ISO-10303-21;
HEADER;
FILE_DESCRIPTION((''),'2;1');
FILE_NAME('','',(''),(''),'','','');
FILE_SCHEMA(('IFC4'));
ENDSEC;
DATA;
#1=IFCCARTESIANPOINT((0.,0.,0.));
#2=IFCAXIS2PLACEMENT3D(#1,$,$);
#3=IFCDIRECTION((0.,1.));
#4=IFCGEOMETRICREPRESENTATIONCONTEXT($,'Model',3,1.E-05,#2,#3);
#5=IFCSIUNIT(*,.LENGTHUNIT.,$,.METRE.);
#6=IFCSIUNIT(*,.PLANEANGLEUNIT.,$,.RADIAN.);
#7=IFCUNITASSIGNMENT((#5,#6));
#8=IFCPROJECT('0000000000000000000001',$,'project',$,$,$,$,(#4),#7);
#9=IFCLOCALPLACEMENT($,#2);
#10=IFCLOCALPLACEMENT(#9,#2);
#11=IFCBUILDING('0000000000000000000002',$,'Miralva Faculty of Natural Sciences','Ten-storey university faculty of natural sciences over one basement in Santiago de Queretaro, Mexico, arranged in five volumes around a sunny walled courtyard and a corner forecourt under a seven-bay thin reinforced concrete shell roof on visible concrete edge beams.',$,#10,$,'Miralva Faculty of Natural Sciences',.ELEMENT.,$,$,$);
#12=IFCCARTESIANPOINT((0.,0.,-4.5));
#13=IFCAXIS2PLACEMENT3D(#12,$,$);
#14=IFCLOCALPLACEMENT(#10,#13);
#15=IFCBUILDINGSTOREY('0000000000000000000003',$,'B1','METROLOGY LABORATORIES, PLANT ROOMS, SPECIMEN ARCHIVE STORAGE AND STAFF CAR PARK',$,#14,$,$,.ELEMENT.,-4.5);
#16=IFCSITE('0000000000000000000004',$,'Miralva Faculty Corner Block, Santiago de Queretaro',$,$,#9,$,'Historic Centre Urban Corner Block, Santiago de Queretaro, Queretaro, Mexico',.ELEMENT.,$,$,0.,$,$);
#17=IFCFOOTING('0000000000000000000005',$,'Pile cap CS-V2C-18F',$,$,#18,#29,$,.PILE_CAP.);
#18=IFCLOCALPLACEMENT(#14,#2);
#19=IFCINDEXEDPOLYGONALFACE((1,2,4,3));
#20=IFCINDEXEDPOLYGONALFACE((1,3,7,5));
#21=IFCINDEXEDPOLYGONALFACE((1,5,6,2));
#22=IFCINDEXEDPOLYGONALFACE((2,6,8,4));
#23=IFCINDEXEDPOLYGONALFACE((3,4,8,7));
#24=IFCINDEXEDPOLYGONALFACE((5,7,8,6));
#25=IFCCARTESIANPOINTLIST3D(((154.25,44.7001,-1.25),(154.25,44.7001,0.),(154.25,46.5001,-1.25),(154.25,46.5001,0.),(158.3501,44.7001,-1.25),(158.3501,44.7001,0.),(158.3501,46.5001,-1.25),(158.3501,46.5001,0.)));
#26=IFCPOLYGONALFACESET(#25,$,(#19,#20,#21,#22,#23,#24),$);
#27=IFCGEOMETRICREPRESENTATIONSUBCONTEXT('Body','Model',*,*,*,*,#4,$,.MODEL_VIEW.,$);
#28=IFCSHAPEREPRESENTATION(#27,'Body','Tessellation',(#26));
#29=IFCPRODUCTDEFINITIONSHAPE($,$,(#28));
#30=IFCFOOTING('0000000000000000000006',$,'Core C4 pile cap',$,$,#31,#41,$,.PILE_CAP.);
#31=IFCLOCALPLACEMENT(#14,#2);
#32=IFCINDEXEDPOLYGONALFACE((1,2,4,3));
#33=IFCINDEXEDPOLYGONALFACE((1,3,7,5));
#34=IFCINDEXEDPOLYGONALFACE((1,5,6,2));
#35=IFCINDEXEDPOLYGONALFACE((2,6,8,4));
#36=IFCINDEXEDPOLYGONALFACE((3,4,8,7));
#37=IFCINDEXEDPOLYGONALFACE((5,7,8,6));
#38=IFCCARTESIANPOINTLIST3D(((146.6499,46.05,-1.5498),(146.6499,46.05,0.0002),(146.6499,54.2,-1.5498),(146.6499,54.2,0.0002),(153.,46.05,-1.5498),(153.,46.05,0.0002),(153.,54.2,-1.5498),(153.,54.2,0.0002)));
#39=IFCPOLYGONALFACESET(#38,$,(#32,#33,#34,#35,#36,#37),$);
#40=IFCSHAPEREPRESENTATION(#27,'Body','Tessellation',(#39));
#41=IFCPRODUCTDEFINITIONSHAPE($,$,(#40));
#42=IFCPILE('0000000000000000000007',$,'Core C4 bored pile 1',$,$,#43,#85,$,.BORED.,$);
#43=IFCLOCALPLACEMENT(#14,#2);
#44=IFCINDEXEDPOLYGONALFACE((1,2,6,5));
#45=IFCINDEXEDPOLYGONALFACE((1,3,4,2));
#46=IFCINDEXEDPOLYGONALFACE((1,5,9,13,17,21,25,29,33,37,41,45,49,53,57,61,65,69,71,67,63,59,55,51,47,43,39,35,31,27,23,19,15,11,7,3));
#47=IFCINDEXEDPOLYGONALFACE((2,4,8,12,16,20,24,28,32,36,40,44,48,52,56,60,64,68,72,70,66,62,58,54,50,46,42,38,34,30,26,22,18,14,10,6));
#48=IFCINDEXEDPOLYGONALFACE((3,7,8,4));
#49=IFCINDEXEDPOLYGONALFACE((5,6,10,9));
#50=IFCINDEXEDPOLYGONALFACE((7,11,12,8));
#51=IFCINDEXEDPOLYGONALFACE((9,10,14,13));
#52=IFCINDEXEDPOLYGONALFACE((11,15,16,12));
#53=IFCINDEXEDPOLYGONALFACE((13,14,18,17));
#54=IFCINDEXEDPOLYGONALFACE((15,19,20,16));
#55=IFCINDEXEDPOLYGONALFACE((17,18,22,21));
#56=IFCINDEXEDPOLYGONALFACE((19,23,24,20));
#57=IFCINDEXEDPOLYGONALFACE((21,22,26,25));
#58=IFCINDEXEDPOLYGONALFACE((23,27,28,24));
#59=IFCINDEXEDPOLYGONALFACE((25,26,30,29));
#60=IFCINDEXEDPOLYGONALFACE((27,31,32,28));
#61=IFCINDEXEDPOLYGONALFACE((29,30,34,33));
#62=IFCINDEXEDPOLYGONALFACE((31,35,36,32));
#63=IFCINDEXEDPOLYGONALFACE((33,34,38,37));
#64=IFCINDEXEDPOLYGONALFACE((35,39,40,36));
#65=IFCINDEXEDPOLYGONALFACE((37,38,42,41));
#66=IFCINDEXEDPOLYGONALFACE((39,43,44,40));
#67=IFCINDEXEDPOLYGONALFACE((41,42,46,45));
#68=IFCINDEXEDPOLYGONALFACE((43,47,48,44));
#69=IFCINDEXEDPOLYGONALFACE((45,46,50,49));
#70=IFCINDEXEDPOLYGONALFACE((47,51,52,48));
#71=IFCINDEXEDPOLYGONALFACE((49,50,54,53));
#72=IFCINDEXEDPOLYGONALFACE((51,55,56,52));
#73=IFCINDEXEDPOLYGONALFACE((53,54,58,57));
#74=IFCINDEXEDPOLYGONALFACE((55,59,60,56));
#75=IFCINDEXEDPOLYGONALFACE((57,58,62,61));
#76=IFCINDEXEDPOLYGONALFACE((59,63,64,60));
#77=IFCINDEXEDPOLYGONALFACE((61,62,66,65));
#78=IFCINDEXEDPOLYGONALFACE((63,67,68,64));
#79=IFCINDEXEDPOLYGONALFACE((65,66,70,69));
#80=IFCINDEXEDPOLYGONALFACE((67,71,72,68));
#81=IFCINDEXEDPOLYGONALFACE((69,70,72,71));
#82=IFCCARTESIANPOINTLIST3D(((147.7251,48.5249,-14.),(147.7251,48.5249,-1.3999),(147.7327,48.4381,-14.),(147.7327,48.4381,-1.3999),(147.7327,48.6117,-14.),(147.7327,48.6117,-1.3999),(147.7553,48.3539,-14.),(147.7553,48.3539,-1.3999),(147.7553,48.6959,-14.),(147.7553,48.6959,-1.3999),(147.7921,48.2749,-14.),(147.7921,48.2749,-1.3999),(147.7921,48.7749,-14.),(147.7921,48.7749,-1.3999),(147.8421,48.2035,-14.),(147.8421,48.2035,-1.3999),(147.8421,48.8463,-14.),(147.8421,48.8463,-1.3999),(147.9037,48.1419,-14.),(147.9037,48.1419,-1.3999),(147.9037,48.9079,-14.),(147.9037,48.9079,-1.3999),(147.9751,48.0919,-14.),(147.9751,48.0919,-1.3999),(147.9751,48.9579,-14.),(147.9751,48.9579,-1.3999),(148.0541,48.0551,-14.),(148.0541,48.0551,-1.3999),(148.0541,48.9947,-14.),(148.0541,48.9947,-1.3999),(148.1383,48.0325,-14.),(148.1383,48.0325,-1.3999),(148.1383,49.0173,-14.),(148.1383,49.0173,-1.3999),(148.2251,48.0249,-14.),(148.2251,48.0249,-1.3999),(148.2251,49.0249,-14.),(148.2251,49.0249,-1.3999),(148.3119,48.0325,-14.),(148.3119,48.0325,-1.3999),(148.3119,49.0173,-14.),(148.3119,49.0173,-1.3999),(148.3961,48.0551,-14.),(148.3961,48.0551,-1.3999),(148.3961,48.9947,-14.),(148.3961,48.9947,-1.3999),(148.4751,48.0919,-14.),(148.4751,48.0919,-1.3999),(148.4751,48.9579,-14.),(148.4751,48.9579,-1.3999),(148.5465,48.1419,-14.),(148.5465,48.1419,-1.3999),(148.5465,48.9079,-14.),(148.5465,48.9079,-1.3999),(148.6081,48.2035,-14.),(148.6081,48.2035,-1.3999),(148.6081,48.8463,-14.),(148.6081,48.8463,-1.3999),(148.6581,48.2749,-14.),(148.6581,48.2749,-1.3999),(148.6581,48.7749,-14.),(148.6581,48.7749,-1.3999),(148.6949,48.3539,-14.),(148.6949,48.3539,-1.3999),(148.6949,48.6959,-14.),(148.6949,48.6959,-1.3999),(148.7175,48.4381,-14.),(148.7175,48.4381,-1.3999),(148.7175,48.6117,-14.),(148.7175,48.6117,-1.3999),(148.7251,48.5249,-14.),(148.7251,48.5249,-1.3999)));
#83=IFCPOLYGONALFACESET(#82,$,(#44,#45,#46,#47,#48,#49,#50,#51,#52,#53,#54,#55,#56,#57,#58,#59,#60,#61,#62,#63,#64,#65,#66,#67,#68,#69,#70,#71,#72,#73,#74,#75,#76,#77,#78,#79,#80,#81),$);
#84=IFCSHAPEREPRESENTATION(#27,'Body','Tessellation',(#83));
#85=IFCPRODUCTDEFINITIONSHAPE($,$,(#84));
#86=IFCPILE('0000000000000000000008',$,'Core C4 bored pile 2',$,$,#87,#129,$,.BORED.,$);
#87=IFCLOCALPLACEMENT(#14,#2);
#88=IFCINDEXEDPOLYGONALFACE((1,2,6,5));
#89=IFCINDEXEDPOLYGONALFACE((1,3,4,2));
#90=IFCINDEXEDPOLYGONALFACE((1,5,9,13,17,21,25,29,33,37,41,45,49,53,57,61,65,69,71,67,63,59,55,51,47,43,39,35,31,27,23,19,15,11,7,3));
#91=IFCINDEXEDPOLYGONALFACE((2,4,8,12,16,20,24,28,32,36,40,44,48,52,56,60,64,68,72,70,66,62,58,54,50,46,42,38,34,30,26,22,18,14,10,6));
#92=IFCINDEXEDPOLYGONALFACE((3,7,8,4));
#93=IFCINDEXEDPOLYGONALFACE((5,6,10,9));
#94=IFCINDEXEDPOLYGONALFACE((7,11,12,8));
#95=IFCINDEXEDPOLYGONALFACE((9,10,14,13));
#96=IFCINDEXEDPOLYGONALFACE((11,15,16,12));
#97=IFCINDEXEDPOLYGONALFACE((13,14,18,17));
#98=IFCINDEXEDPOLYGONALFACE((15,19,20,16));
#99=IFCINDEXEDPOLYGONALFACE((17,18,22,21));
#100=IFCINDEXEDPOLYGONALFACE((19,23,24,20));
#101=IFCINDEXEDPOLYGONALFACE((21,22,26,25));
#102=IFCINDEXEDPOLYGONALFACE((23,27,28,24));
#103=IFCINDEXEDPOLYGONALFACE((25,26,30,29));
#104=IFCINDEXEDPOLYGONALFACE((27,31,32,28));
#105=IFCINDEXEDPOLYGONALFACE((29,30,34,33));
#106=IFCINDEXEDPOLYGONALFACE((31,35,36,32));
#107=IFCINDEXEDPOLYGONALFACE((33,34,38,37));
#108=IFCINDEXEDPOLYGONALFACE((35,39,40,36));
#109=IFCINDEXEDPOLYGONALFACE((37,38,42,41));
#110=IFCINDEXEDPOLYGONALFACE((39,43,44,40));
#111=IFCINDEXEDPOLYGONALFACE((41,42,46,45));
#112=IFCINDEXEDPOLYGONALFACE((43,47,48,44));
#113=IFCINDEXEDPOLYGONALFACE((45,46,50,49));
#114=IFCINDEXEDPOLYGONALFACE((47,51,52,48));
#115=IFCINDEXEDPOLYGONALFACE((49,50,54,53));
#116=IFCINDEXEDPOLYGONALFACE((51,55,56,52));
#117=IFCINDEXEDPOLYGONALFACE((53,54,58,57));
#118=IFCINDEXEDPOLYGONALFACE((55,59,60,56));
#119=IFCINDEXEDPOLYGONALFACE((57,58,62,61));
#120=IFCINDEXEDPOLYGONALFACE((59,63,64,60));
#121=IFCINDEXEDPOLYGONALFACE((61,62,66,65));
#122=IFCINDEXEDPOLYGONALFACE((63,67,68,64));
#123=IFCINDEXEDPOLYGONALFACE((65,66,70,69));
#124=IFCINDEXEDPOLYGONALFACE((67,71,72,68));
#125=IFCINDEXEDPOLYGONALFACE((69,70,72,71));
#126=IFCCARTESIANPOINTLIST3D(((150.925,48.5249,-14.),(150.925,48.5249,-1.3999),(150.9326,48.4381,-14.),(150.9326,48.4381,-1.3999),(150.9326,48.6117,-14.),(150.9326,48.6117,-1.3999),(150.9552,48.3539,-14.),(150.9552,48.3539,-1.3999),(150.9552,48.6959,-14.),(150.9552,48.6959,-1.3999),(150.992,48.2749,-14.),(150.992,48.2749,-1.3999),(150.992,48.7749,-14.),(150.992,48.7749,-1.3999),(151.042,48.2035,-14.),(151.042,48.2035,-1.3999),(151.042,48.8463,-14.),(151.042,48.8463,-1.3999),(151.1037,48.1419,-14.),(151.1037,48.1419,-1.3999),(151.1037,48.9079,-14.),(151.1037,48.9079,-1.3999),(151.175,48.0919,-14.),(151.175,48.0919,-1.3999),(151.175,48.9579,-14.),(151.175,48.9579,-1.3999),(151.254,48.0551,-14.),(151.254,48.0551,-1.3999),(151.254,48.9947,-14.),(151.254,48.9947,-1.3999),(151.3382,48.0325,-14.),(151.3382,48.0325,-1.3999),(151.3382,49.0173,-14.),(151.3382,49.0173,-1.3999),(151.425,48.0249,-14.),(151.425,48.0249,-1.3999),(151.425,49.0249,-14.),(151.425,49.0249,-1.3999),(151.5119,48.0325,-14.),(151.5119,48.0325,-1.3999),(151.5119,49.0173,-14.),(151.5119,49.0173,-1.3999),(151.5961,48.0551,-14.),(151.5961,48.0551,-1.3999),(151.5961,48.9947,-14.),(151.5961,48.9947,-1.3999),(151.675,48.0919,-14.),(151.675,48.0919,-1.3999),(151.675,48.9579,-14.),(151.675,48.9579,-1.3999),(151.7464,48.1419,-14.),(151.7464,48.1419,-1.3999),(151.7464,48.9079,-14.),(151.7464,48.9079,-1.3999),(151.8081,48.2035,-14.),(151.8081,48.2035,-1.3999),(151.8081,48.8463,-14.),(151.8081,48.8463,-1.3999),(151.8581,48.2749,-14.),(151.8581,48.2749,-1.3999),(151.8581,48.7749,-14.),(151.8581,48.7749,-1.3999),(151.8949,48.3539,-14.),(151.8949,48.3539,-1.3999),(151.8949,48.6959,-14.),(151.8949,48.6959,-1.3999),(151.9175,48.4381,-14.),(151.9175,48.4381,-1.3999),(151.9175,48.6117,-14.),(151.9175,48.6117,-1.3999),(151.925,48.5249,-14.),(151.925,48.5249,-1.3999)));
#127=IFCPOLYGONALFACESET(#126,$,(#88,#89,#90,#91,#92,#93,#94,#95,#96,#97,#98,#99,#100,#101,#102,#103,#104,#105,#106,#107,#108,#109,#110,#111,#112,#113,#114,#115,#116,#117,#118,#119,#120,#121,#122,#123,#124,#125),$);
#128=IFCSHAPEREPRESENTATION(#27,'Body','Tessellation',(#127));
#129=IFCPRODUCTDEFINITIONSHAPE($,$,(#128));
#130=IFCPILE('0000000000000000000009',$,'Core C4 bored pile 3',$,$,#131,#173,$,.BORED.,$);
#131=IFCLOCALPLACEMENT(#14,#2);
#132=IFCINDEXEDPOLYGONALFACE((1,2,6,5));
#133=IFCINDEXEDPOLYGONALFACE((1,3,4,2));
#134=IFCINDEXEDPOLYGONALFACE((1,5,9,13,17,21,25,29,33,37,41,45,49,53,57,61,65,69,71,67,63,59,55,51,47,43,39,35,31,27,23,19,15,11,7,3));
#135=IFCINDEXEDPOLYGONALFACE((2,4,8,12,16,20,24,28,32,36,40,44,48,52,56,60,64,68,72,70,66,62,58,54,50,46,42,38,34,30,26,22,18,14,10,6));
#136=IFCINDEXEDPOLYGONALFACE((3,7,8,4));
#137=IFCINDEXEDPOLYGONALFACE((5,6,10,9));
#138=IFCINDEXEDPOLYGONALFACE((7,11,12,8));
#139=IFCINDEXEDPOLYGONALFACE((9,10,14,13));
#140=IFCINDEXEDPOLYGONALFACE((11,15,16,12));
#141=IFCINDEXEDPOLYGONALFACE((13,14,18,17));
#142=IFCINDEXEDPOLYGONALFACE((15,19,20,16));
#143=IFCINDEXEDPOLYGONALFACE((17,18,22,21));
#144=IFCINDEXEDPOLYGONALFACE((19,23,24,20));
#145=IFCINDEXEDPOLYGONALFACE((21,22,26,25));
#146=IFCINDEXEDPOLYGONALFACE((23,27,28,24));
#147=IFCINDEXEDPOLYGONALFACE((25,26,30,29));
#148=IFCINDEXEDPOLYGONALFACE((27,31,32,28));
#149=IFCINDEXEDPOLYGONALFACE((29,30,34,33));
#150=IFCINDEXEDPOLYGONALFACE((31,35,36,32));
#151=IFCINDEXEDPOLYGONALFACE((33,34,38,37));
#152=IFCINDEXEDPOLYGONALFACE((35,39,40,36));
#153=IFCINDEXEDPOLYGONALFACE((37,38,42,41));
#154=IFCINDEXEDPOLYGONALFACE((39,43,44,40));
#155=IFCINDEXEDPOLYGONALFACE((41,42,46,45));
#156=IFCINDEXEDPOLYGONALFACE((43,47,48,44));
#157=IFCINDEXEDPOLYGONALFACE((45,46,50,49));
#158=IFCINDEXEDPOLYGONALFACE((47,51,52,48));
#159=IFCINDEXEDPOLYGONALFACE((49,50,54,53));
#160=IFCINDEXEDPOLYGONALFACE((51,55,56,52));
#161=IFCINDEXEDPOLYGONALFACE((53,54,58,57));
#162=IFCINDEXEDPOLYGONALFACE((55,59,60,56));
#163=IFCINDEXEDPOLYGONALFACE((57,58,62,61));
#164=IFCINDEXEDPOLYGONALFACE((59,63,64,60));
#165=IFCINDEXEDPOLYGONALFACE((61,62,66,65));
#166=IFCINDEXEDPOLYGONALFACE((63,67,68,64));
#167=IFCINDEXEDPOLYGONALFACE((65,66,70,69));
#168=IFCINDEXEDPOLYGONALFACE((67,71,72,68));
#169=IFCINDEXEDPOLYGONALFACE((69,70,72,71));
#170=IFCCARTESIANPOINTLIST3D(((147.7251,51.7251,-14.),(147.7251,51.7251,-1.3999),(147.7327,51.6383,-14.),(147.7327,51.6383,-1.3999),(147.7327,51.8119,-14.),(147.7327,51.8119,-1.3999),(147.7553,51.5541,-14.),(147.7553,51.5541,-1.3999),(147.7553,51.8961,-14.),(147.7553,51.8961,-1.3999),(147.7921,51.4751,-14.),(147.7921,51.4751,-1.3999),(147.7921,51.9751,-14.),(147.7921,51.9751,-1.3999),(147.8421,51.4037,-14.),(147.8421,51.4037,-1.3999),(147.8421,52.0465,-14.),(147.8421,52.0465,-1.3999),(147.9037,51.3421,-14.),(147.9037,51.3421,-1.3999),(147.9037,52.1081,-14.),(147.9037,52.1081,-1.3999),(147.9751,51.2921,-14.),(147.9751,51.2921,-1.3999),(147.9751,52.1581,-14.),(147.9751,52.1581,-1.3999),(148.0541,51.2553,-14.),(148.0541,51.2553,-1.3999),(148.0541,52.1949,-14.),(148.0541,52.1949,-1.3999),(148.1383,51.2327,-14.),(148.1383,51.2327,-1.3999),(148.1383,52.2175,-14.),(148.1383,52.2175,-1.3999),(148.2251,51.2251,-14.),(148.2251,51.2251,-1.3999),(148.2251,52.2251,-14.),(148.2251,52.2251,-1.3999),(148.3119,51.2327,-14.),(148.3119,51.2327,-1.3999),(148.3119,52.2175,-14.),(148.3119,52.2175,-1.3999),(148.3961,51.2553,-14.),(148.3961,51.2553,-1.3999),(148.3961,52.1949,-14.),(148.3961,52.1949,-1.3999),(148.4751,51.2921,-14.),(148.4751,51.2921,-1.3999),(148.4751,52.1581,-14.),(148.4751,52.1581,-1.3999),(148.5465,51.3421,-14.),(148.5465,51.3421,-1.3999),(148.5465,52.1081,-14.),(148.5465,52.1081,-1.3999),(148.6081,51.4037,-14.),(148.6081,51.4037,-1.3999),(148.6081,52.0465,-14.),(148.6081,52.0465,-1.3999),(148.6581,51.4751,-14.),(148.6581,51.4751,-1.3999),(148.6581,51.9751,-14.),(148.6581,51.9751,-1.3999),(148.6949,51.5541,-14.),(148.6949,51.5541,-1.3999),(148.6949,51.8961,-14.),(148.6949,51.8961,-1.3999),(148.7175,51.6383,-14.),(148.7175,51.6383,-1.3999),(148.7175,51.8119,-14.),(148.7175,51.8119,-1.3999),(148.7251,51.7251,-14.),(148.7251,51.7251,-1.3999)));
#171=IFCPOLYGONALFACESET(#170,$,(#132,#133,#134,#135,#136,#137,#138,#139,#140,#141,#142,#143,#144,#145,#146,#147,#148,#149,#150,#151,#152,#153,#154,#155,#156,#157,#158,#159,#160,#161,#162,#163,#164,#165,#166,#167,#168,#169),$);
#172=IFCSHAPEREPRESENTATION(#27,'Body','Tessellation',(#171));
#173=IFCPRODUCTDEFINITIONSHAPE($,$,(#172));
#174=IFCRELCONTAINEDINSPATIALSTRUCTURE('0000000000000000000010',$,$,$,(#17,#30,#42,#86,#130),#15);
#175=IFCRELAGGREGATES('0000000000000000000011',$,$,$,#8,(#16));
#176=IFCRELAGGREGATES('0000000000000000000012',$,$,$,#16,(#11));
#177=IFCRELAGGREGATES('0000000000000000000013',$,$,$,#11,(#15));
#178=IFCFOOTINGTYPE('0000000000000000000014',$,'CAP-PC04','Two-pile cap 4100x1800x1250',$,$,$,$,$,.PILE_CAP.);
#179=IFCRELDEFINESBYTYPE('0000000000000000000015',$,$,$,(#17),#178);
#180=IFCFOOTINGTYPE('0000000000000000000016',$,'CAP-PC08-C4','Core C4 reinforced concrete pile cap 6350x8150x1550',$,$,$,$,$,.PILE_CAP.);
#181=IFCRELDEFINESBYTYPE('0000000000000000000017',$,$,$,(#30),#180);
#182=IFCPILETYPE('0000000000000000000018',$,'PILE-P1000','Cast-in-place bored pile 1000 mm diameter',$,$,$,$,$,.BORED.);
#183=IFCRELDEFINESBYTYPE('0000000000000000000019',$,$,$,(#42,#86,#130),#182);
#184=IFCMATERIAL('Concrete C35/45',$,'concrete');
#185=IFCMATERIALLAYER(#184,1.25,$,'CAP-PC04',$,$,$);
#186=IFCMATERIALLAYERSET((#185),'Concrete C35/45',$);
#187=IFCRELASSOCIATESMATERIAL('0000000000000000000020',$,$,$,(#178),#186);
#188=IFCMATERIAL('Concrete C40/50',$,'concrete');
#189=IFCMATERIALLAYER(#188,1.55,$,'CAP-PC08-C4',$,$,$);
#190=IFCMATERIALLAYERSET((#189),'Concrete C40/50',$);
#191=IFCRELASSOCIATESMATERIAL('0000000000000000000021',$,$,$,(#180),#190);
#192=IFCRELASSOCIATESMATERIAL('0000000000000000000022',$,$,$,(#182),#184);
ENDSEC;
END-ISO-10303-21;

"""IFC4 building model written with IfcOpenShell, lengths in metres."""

from ifc_helpers import new_model, si_unit, direction, frame, origin, origin_2d, place, context, subcontext, project, spatial, rectangle, circle, extrude, material, layer, layer_set, material_profile, profile_set, type_object, element, save


model = new_model("IFC4")

# Units and contexts
model_context = context("Model", 3, precision=1e-05, world=origin(), true_north=direction((0.0, 1.0)))
body_context = subcontext(model_context, "Body", "Model", "MODEL_VIEW")
ifc_project = project(units=[si_unit("LENGTHUNIT", "METRE"), si_unit("PLANEANGLEUNIT", "RADIAN")], contexts=[model_context])

# Site, building, storey
site_placement = place(None, origin())
site = spatial("IfcSite", under=ifc_project, at=site_placement, Name="Miralva Faculty Corner Block, Santiago de Queretaro", LongName="Historic Centre Urban Corner Block, Santiago de Queretaro, Queretaro, Mexico", CompositionType="ELEMENT", RefElevation=0.0)
building_placement = place(site_placement, origin())
building = spatial("IfcBuilding", under=site, at=building_placement, Name="Miralva Faculty of Natural Sciences", Description="Ten-storey university faculty of natural sciences over one basement in Santiago de Queretaro, Mexico, arranged in five volumes around a sunny walled courtyard and a corner forecourt under a seven-bay thin reinforced concrete shell roof on visible concrete edge beams.", LongName="Miralva Faculty of Natural Sciences", CompositionType="ELEMENT")
storey_placement = place(building_placement, frame((0.0, 0.0, -4.5)))
storey = spatial("IfcBuildingStorey", under=building, at=storey_placement, Name="B1", Description="METROLOGY LABORATORIES, PLANT ROOMS, SPECIMEN ARCHIVE STORAGE AND STAFF CAR PARK", CompositionType="ELEMENT", Elevation=-4.5)

# Footings
ifc_material_1 = material(Name="Concrete C35/45", Category="concrete")
ifc_layer_1 = layer(ifc_material_1, 1.25, Name="CAP-PC04")
ifc_layer_set_1 = layer_set([ifc_layer_1], Name="Concrete C35/45")
footing_type_1 = type_object("IfcFootingType", Name="CAP-PC04", Description="Two-pile cap 4100x1800x1250", PredefinedType="PILE_CAP", material=ifc_layer_set_1)
footing_1_placement = place(storey_placement, frame((156.3, 45.6001, -1.25), z_axis=(0.0, 0.0, 1.0), x_axis=(1.0, 0.0, 0.0)))
element("IfcFooting", 1, at=footing_1_placement, inside=storey, type_object=footing_type_1, Name="Pile cap CS-V2C-18F", PredefinedType="PILE_CAP", context=body_context, shape_type="SweptSolid", body=[
    extrude(rectangle(XDim=4.1001, YDim=1.8, at=origin_2d()), origin(), (0.0, 0.0, 1.0), 1.25),
])
ifc_material_2 = material(Name="Concrete C40/50", Category="concrete")
ifc_layer_2 = layer(ifc_material_2, 1.55, Name="CAP-PC08-C4")
ifc_layer_set_2 = layer_set([ifc_layer_2], Name="Concrete C40/50")
footing_type_2 = type_object("IfcFootingType", Name="CAP-PC08-C4", Description="Core C4 reinforced concrete pile cap 6350x8150x1550", PredefinedType="PILE_CAP", material=ifc_layer_set_2)
footing_2_placement = place(storey_placement, frame((149.825, 50.125, -1.5498), z_axis=(0.0, 0.0, 1.0), x_axis=(1.0, 0.0, 0.0)))
element("IfcFooting", 2, at=footing_2_placement, inside=storey, type_object=footing_type_2, Name="Core C4 pile cap", PredefinedType="PILE_CAP", context=body_context, shape_type="SweptSolid", body=[
    extrude(rectangle(XDim=6.3501, YDim=8.1499, at=origin_2d()), origin(), (0.0, 0.0, 1.0), 1.55),
])

# Piles
ifc_material_profile_1 = material_profile(ifc_material_1, circle(Radius=0.5, at=origin_2d()), Name="BORED PILE 1000")
ifc_profile_set_1 = profile_set([ifc_material_profile_1], Name="Concrete C35/45")
pile_type = type_object("IfcPileType", Name="PILE-P1000", Description="Cast-in-place bored pile 1000 mm diameter", PredefinedType="BORED", material=ifc_profile_set_1)
for number, where, z_axis, x_axis, name in (
    (3, (148.2251, 48.5249, -1.3999), (0.0, 0.0, -1.0), (1.0, 0.0, 0.0), "Core C4 bored pile 1"),
    (4, (151.425, 48.5249, -1.3999), (0.0, 0.0, -1.0), (1.0, 0.0, 0.0), "Core C4 bored pile 2"),
    (5, (148.2251, 51.7251, -1.3999), (0.0, 0.0, -1.0), (1.0, 0.0, 0.0), "Core C4 bored pile 3"),
):
    element("IfcPile", number, at=place(storey_placement, frame(where, z_axis=z_axis, x_axis=x_axis)), inside=storey, type_object=pile_type, Name=name, PredefinedType="BORED", context=body_context, shape_type="SweptSolid", body=[
        extrude(circle(Radius=0.5, at=origin_2d()), origin(), (0.0, 0.0, 1.0), 12.6001),
    ])

save(model, "model.ifc")
